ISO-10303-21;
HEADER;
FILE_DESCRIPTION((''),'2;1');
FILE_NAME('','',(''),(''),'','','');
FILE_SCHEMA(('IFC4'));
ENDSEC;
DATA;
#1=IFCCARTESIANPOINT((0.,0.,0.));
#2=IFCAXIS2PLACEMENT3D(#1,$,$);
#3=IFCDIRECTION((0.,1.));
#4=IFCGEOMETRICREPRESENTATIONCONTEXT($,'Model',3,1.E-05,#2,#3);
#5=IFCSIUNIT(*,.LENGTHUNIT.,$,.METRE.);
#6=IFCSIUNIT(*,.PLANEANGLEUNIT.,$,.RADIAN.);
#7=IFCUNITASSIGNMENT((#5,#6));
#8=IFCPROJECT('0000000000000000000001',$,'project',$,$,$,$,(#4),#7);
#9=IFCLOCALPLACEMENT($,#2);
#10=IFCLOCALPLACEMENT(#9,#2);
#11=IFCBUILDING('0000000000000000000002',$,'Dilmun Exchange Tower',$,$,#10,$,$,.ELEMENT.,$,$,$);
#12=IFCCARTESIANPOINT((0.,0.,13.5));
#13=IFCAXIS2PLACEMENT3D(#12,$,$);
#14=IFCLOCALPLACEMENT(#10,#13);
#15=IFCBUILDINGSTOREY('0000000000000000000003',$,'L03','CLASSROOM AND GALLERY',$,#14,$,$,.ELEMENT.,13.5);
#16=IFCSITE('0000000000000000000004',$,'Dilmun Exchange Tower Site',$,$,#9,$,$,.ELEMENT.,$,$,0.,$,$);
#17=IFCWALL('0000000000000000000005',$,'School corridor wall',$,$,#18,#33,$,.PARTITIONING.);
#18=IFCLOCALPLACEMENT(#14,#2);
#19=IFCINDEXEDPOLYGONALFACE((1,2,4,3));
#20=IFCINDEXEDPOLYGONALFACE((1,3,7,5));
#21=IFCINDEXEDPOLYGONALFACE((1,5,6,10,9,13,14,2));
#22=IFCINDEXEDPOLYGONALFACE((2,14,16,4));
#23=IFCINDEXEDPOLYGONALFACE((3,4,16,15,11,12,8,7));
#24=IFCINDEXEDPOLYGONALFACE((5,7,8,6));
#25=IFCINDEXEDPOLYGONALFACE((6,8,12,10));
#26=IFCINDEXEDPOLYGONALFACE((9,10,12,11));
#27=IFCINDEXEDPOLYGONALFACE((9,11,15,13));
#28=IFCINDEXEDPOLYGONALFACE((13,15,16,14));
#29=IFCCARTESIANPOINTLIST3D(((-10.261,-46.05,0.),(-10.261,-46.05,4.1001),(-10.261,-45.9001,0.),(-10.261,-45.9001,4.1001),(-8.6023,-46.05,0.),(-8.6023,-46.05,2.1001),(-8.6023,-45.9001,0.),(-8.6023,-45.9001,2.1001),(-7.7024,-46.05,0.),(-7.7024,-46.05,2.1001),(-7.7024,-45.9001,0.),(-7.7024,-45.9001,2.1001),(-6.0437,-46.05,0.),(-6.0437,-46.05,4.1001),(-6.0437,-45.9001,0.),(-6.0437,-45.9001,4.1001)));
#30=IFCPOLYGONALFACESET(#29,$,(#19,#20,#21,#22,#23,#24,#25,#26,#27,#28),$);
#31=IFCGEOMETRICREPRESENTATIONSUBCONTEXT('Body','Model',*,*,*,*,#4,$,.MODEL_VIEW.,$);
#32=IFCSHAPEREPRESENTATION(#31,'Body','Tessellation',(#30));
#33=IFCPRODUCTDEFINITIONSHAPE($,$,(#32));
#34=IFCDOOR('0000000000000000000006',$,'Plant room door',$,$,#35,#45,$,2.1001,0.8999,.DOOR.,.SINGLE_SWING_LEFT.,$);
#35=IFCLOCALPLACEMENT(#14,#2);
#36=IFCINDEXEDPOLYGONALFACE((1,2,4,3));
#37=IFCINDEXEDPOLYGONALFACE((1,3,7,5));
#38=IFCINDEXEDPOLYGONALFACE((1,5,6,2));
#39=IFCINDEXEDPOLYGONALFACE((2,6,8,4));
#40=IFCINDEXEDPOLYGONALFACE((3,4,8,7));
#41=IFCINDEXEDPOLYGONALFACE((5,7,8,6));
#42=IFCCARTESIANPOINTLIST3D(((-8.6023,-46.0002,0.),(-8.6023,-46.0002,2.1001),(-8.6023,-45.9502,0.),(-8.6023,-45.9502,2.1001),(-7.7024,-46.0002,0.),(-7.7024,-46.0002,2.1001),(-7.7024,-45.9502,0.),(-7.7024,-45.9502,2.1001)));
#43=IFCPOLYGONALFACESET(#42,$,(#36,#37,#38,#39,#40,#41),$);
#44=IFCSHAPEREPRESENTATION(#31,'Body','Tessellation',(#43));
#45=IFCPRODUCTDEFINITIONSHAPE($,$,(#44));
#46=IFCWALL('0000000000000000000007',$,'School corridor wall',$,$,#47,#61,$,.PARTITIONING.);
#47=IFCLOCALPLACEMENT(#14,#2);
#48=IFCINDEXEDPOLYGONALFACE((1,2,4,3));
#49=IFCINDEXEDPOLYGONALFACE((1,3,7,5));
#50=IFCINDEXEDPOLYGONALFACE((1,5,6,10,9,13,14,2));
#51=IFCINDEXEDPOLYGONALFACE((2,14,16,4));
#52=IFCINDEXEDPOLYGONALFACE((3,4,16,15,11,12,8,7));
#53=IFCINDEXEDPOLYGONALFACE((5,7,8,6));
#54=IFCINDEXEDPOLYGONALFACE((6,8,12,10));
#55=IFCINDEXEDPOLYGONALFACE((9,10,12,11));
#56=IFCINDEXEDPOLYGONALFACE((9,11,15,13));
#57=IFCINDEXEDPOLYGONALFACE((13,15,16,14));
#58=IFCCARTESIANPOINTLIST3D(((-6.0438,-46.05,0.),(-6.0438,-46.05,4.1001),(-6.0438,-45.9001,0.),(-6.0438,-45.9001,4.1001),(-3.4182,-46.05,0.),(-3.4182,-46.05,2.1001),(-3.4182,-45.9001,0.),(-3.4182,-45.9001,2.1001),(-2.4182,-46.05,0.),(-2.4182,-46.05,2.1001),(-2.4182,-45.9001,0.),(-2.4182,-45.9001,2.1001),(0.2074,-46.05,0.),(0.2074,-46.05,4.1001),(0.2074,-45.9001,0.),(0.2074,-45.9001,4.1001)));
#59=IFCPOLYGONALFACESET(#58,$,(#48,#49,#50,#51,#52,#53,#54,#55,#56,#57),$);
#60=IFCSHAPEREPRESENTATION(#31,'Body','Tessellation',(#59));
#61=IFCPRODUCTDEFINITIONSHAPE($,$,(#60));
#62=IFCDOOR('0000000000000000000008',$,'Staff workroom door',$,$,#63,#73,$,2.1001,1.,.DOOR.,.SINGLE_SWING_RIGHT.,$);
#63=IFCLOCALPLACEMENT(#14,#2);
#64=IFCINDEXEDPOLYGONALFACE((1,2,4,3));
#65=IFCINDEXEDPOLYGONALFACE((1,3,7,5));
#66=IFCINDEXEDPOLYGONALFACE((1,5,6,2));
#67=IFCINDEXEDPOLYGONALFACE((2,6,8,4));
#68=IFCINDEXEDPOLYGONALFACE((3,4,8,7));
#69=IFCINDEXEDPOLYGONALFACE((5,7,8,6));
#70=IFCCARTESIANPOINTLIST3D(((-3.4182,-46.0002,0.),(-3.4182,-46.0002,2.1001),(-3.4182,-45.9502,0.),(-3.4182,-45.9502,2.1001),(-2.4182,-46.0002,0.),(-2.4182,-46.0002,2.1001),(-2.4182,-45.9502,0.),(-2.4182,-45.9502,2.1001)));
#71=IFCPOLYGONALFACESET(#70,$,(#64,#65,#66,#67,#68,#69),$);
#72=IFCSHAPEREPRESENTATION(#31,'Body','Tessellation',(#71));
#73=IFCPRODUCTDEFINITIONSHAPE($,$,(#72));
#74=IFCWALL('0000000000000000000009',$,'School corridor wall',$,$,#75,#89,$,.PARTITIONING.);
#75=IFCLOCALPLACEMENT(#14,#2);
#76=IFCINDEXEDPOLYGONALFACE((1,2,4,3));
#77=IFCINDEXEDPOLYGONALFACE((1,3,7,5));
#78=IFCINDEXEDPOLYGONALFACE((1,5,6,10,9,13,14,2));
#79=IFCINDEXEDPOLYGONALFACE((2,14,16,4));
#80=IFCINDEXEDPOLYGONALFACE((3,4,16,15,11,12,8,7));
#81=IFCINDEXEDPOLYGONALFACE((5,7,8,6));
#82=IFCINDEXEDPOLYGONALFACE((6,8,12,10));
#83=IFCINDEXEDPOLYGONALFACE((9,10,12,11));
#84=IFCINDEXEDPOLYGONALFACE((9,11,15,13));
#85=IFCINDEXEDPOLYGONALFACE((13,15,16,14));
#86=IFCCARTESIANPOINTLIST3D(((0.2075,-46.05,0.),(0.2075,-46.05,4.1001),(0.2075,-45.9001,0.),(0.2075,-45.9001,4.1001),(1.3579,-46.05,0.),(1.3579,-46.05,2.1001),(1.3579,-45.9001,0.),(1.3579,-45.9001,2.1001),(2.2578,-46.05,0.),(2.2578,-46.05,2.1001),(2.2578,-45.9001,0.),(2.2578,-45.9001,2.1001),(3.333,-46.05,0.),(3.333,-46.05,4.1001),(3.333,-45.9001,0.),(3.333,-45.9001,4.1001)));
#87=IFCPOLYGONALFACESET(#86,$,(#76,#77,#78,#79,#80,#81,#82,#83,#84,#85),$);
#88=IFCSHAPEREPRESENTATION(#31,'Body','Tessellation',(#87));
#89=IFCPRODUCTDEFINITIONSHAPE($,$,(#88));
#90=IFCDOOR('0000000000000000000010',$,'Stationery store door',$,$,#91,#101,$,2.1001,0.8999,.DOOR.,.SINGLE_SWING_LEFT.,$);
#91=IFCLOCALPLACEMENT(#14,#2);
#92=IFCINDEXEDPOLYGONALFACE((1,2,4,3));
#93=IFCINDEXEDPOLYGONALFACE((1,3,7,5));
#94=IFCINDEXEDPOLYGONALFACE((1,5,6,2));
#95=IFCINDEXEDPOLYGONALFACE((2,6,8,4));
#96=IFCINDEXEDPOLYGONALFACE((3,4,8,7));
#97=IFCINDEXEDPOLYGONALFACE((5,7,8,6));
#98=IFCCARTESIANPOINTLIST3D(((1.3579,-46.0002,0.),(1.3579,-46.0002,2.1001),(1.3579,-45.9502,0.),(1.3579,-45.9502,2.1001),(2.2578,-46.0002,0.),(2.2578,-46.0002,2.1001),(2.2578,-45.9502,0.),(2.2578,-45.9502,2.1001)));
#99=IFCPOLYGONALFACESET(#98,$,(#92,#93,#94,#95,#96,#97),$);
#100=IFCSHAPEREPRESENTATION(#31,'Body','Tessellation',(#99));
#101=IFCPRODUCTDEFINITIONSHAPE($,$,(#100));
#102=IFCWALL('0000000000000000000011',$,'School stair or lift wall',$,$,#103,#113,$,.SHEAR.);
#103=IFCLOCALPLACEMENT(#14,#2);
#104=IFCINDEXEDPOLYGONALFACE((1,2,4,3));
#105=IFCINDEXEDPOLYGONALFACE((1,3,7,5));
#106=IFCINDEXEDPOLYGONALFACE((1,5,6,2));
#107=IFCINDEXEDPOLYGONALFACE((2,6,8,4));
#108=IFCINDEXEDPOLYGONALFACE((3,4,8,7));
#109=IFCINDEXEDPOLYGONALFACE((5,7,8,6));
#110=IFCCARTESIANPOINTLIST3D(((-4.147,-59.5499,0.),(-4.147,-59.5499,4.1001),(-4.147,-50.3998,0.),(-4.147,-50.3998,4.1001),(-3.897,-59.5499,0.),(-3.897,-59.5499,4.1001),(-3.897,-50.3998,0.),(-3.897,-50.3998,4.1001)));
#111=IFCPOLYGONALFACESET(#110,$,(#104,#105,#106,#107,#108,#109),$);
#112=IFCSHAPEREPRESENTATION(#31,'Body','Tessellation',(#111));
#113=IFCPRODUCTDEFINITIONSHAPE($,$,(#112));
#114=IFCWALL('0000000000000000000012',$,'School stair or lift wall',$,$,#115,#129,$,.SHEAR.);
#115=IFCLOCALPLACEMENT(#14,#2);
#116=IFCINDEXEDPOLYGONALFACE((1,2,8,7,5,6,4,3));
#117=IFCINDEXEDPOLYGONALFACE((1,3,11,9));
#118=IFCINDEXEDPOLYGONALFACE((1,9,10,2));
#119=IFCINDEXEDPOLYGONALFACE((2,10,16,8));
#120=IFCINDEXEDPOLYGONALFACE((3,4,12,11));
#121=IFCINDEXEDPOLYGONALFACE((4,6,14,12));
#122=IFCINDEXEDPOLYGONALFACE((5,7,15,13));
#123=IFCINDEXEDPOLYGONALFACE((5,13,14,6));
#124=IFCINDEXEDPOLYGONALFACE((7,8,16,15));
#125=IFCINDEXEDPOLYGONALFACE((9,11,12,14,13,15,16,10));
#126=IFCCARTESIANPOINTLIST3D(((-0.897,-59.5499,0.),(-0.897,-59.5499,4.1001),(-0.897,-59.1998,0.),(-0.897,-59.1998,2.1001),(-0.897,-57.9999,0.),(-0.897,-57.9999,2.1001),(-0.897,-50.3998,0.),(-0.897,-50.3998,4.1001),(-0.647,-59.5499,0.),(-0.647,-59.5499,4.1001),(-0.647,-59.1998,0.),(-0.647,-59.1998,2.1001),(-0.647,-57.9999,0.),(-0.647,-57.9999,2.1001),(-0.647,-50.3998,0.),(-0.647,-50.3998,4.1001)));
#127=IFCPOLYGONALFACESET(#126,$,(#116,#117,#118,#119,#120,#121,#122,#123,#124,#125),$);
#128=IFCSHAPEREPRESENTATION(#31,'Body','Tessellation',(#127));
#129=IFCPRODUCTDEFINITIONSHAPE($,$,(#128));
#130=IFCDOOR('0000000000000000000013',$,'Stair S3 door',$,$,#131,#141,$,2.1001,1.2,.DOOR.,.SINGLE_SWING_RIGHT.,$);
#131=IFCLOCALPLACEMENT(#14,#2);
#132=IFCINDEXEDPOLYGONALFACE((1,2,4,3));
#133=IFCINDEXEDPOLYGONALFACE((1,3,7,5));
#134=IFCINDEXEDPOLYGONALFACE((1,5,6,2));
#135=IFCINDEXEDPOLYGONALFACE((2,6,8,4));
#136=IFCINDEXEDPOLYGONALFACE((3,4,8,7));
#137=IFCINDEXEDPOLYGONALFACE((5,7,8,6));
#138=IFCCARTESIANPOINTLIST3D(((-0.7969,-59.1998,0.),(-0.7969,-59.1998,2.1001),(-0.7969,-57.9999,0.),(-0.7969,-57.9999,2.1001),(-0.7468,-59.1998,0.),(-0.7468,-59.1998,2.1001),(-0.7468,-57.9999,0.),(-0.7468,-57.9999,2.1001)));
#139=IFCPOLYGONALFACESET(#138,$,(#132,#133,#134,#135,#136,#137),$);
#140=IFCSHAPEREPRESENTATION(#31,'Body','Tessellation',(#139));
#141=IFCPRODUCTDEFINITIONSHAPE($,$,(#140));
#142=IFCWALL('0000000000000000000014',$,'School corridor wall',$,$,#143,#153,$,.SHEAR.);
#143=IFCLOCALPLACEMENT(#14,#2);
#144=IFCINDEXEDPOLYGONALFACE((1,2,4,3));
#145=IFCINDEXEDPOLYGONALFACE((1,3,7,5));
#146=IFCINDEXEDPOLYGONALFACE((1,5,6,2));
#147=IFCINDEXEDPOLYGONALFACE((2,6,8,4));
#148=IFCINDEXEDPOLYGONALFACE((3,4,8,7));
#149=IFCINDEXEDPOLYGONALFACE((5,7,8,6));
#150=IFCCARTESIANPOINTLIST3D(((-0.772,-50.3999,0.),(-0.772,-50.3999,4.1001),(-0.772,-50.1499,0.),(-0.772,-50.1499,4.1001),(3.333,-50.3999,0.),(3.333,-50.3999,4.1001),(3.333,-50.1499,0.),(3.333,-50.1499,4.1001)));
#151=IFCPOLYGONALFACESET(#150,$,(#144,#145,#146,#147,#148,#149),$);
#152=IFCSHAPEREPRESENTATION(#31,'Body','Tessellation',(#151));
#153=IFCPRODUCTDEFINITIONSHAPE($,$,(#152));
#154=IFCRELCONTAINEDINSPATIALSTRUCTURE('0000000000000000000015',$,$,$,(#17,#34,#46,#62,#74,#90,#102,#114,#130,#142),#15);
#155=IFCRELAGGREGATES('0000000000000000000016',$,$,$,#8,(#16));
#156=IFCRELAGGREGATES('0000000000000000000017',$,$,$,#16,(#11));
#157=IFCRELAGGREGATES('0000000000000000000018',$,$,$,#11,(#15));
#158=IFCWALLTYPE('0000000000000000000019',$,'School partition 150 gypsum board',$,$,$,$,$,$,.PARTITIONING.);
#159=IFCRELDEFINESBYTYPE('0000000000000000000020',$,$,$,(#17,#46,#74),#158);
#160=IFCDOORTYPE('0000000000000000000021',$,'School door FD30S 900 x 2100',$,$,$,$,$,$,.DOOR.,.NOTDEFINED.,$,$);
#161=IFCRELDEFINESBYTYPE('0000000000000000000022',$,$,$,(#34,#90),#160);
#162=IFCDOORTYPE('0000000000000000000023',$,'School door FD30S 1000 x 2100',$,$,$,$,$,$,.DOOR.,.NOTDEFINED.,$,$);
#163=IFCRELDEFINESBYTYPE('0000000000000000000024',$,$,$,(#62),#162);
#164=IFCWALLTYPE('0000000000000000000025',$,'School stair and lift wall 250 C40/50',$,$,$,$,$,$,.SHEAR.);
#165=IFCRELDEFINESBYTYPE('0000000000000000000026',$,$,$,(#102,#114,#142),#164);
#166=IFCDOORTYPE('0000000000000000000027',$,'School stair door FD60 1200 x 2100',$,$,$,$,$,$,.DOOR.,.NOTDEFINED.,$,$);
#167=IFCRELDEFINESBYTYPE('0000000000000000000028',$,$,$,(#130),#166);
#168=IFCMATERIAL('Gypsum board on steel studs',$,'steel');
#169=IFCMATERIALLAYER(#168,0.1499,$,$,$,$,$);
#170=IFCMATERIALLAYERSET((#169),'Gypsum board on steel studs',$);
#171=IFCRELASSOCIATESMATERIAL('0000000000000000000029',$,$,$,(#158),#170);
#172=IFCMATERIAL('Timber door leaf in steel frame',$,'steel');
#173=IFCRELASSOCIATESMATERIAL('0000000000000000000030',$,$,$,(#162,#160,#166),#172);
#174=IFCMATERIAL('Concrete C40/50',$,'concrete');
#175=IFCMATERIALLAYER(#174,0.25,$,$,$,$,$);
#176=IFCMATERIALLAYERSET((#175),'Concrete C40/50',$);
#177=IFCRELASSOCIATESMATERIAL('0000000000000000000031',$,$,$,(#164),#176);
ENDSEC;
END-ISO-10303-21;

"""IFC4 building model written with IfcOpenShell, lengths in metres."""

from ifc_helpers import new_model, si_unit, direction, frame, frame_2d, origin, place, context, subcontext, project, spatial, rectangle, extrude, material, layer, layer_set, type_object, element, fill, save


model = new_model("IFC4")

# Units and contexts
model_context = context("Model", 3, precision=1e-05, world=origin(), true_north=direction((0.0, 1.0)))
body_context = subcontext(model_context, "Body", "Model", "MODEL_VIEW")
ifc_project = project(units=[si_unit("LENGTHUNIT", "METRE"), si_unit("PLANEANGLEUNIT", "RADIAN")], contexts=[model_context])

# Site, building, storey
site_placement = place(None, origin())
site = spatial("IfcSite", under=ifc_project, at=site_placement, Name="Dilmun Exchange Tower Site", CompositionType="ELEMENT", RefElevation=0.0)
building_placement = place(site_placement, origin())
building = spatial("IfcBuilding", under=site, at=building_placement, Name="Dilmun Exchange Tower", CompositionType="ELEMENT")
storey_placement = place(building_placement, frame((0.0, 0.0, 13.5)))
storey = spatial("IfcBuildingStorey", under=building, at=storey_placement, Name="L03", Description="CLASSROOM AND GALLERY", CompositionType="ELEMENT", Elevation=13.5)

# Shared definitions
ifc_material_1 = material(Name="Concrete C40/50", Category="concrete")

# Shared definitions
ifc_material_2 = material(Name="Gypsum board on steel studs", Category="steel")
ifc_layer_1 = layer(ifc_material_2, 0.1499)
ifc_layer_set_1 = layer_set([ifc_layer_1], Name="Gypsum board on steel studs")
wall_type_1 = type_object("IfcWallType", Name="School partition 150 gypsum board", PredefinedType="PARTITIONING", material=ifc_layer_set_1)

# Walls, openings, doors
ifc_material_3 = material(Name="Timber door leaf in steel frame", Category="steel")
door_type_1 = type_object("IfcDoorType", Name="School door FD30S 1000 x 2100", OperationType="NOTDEFINED", PredefinedType="DOOR", material=ifc_material_3)
wall_1_placement = place(storey_placement, frame((-10.261, -45.9751, 0.0), z_axis=(0.0, 0.0, 1.0), x_axis=(1.0, 0.0, 0.0)))
wall_1 = element("IfcWall", 1, at=wall_1_placement, inside=storey, type_object=wall_type_1, Name="School corridor wall", PredefinedType="PARTITIONING", context=body_context, shape_type="SweptSolid", body=[
    extrude(rectangle(XDim=4.2173, YDim=0.1499, at=frame_2d((2.1086, 0.0))), origin(), (0.0, 0.0, 1.0), 4.1001),
])
opening_1_placement = place(wall_1_placement, frame((1.6587, 0.0, 0.0)))
opening_1 = element("IfcOpeningElement", 2, at=opening_1_placement, cuts=wall_1, PredefinedType="OPENING", context=body_context, shape_type="SweptSolid", body=[
    extrude(rectangle(XDim=0.8999, YDim=2.1001, at=frame_2d((0.45, 1.05))), frame((0.0, 0.085, 0.0), z_axis=(0.0, -1.0, 0.0), x_axis=(1.0, 0.0, 0.0)), (0.0, 0.0, 1.0), 0.1699),
])
door_type_2 = type_object("IfcDoorType", Name="School door FD30S 900 x 2100", OperationType="NOTDEFINED", PredefinedType="DOOR", material=ifc_material_3)
door_1_placement = place(opening_1_placement, origin())
door_1 = element("IfcDoor", 3, at=door_1_placement, inside=storey, type_object=door_type_2, Name="Plant room door", OperationType="SINGLE_SWING_LEFT", OverallHeight=2.1001, OverallWidth=0.8999, PredefinedType="DOOR", context=body_context, shape_type="SweptSolid", body=[
    extrude(rectangle(XDim=0.8999, YDim=2.1001, at=frame_2d((0.45, 1.05))), frame((0.0, 0.0249, 0.0), z_axis=(0.0, -1.0, 0.0), x_axis=(1.0, 0.0, 0.0)), (0.0, 0.0, 1.0), 0.05),
])
fill(opening_1, door_1)
wall_2_placement = place(storey_placement, frame((-6.0437, -45.9751, 0.0), z_axis=(0.0, 0.0, 1.0), x_axis=(1.0, 0.0, 0.0)))
wall_2 = element("IfcWall", 4, at=wall_2_placement, inside=storey, type_object=wall_type_1, Name="School corridor wall", PredefinedType="PARTITIONING", context=body_context, shape_type="SweptSolid", body=[
    extrude(rectangle(XDim=6.2512, YDim=0.1499, at=frame_2d((3.1255, 0.0))), origin(), (0.0, 0.0, 1.0), 4.1001),
])
opening_2_placement = place(wall_2_placement, frame((2.6255, 0.0, 0.0)))
opening_2 = element("IfcOpeningElement", 5, at=opening_2_placement, cuts=wall_2, PredefinedType="OPENING", context=body_context, shape_type="SweptSolid", body=[
    extrude(rectangle(XDim=1.0, YDim=2.1001, at=frame_2d((0.5, 1.05))), frame((0.0, 0.085, 0.0), z_axis=(0.0, -1.0, 0.0), x_axis=(1.0, 0.0, 0.0)), (0.0, 0.0, 1.0), 0.1699),
])
door_2_placement = place(opening_2_placement, origin())
door_2 = element("IfcDoor", 6, at=door_2_placement, inside=storey, type_object=door_type_1, Name="Staff workroom door", OperationType="SINGLE_SWING_RIGHT", OverallHeight=2.1001, OverallWidth=1.0, PredefinedType="DOOR", context=body_context, shape_type="SweptSolid", body=[
    extrude(rectangle(XDim=1.0, YDim=2.1001, at=frame_2d((0.5, 1.05))), frame((0.0, 0.0249, 0.0), z_axis=(0.0, -1.0, 0.0), x_axis=(1.0, 0.0, 0.0)), (0.0, 0.0, 1.0), 0.05),
])
fill(opening_2, door_2)
wall_3_placement = place(storey_placement, frame((0.2075, -45.9751, 0.0), z_axis=(0.0, 0.0, 1.0), x_axis=(1.0, 0.0, 0.0)))
wall_3 = element("IfcWall", 7, at=wall_3_placement, inside=storey, type_object=wall_type_1, Name="School corridor wall", PredefinedType="PARTITIONING", context=body_context, shape_type="SweptSolid", body=[
    extrude(rectangle(XDim=3.1255, YDim=0.1499, at=frame_2d((1.5627, 0.0))), origin(), (0.0, 0.0, 1.0), 4.1001),
])
opening_3_placement = place(wall_3_placement, frame((1.1504, 0.0, 0.0)))
opening_3 = element("IfcOpeningElement", 8, at=opening_3_placement, cuts=wall_3, PredefinedType="OPENING", context=body_context, shape_type="SweptSolid", body=[
    extrude(rectangle(XDim=0.8999, YDim=2.1001, at=frame_2d((0.45, 1.05))), frame((0.0, 0.085, 0.0), z_axis=(0.0, -1.0, 0.0), x_axis=(1.0, 0.0, 0.0)), (0.0, 0.0, 1.0), 0.1699),
])
door_3_placement = place(opening_3_placement, origin())
door_3 = element("IfcDoor", 9, at=door_3_placement, inside=storey, type_object=door_type_2, Name="Stationery store door", OperationType="SINGLE_SWING_LEFT", OverallHeight=2.1001, OverallWidth=0.8999, PredefinedType="DOOR", context=body_context, shape_type="SweptSolid", body=[
    extrude(rectangle(XDim=0.8999, YDim=2.1001, at=frame_2d((0.45, 1.05))), frame((0.0, 0.0249, 0.0), z_axis=(0.0, -1.0, 0.0), x_axis=(1.0, 0.0, 0.0)), (0.0, 0.0, 1.0), 0.05),
])
fill(opening_3, door_3)

# Wall
ifc_layer_2 = layer(ifc_material_1, 0.25)
ifc_layer_set_2 = layer_set([ifc_layer_2], Name="Concrete C40/50")
wall_type_2 = type_object("IfcWallType", Name="School stair and lift wall 250 C40/50", PredefinedType="SHEAR", material=ifc_layer_set_2)
wall_4_placement = place(storey_placement, frame((-4.022, -59.55, 0.0), z_axis=(0.0, 0.0, 1.0), x_axis=(0.0, 1.0, 0.0)))
element("IfcWall", 10, at=wall_4_placement, inside=storey, type_object=wall_type_2, Name="School stair or lift wall", PredefinedType="SHEAR", context=body_context, shape_type="SweptSolid", body=[
    extrude(rectangle(XDim=9.1501, YDim=0.25, at=frame_2d((4.5752, 0.0))), origin(), (0.0, 0.0, 1.0), 4.1001),
])

# Wall, opening, door
wall_5_placement = place(storey_placement, frame((-0.772, -59.55, 0.0), z_axis=(0.0, 0.0, 1.0), x_axis=(0.0, 1.0, 0.0)))
wall_5 = element("IfcWall", 11, at=wall_5_placement, inside=storey, type_object=wall_type_2, Name="School stair or lift wall", PredefinedType="SHEAR", context=body_context, shape_type="SweptSolid", body=[
    extrude(rectangle(XDim=9.1501, YDim=0.25, at=frame_2d((4.5752, 0.0))), origin(), (0.0, 0.0, 1.0), 4.1001),
])
opening_4_placement = place(wall_5_placement, frame((0.3501, 0.0, 0.0)))
opening_4 = element("IfcOpeningElement", 12, at=opening_4_placement, cuts=wall_5, PredefinedType="OPENING", context=body_context, shape_type="SweptSolid", body=[
    extrude(rectangle(XDim=1.2, YDim=2.1001, at=frame_2d((0.6001, 1.05))), frame((0.0, 0.135, 0.0), z_axis=(0.0, -1.0, 0.0), x_axis=(1.0, 0.0, 0.0)), (0.0, 0.0, 1.0), 0.27),
])
door_type_3 = type_object("IfcDoorType", Name="School stair door FD60 1200 x 2100", OperationType="NOTDEFINED", PredefinedType="DOOR", material=ifc_material_3)
door_4_placement = place(opening_4_placement, origin())
door_4 = element("IfcDoor", 13, at=door_4_placement, inside=storey, type_object=door_type_3, Name="Stair S3 door", OperationType="SINGLE_SWING_RIGHT", OverallHeight=2.1001, OverallWidth=1.2, PredefinedType="DOOR", context=body_context, shape_type="SweptSolid", body=[
    extrude(rectangle(XDim=1.2, YDim=2.1001, at=frame_2d((0.6001, 1.05))), frame((0.0, 0.0249, 0.0), z_axis=(0.0, -1.0, 0.0), x_axis=(1.0, 0.0, 0.0)), (0.0, 0.0, 1.0), 0.05),
])
fill(opening_4, door_4)

# Wall
wall_6_placement = place(storey_placement, frame((-0.772, -50.2749, 0.0), z_axis=(0.0, 0.0, 1.0), x_axis=(1.0, 0.0, 0.0)))
element("IfcWall", 14, at=wall_6_placement, inside=storey, type_object=wall_type_2, Name="School corridor wall", PredefinedType="SHEAR", context=body_context, shape_type="SweptSolid", body=[
    extrude(rectangle(XDim=4.105, YDim=0.25, at=frame_2d((2.0525, 0.0))), origin(), (0.0, 0.0, 1.0), 4.1001),
])

save(model, "model.ifc")
